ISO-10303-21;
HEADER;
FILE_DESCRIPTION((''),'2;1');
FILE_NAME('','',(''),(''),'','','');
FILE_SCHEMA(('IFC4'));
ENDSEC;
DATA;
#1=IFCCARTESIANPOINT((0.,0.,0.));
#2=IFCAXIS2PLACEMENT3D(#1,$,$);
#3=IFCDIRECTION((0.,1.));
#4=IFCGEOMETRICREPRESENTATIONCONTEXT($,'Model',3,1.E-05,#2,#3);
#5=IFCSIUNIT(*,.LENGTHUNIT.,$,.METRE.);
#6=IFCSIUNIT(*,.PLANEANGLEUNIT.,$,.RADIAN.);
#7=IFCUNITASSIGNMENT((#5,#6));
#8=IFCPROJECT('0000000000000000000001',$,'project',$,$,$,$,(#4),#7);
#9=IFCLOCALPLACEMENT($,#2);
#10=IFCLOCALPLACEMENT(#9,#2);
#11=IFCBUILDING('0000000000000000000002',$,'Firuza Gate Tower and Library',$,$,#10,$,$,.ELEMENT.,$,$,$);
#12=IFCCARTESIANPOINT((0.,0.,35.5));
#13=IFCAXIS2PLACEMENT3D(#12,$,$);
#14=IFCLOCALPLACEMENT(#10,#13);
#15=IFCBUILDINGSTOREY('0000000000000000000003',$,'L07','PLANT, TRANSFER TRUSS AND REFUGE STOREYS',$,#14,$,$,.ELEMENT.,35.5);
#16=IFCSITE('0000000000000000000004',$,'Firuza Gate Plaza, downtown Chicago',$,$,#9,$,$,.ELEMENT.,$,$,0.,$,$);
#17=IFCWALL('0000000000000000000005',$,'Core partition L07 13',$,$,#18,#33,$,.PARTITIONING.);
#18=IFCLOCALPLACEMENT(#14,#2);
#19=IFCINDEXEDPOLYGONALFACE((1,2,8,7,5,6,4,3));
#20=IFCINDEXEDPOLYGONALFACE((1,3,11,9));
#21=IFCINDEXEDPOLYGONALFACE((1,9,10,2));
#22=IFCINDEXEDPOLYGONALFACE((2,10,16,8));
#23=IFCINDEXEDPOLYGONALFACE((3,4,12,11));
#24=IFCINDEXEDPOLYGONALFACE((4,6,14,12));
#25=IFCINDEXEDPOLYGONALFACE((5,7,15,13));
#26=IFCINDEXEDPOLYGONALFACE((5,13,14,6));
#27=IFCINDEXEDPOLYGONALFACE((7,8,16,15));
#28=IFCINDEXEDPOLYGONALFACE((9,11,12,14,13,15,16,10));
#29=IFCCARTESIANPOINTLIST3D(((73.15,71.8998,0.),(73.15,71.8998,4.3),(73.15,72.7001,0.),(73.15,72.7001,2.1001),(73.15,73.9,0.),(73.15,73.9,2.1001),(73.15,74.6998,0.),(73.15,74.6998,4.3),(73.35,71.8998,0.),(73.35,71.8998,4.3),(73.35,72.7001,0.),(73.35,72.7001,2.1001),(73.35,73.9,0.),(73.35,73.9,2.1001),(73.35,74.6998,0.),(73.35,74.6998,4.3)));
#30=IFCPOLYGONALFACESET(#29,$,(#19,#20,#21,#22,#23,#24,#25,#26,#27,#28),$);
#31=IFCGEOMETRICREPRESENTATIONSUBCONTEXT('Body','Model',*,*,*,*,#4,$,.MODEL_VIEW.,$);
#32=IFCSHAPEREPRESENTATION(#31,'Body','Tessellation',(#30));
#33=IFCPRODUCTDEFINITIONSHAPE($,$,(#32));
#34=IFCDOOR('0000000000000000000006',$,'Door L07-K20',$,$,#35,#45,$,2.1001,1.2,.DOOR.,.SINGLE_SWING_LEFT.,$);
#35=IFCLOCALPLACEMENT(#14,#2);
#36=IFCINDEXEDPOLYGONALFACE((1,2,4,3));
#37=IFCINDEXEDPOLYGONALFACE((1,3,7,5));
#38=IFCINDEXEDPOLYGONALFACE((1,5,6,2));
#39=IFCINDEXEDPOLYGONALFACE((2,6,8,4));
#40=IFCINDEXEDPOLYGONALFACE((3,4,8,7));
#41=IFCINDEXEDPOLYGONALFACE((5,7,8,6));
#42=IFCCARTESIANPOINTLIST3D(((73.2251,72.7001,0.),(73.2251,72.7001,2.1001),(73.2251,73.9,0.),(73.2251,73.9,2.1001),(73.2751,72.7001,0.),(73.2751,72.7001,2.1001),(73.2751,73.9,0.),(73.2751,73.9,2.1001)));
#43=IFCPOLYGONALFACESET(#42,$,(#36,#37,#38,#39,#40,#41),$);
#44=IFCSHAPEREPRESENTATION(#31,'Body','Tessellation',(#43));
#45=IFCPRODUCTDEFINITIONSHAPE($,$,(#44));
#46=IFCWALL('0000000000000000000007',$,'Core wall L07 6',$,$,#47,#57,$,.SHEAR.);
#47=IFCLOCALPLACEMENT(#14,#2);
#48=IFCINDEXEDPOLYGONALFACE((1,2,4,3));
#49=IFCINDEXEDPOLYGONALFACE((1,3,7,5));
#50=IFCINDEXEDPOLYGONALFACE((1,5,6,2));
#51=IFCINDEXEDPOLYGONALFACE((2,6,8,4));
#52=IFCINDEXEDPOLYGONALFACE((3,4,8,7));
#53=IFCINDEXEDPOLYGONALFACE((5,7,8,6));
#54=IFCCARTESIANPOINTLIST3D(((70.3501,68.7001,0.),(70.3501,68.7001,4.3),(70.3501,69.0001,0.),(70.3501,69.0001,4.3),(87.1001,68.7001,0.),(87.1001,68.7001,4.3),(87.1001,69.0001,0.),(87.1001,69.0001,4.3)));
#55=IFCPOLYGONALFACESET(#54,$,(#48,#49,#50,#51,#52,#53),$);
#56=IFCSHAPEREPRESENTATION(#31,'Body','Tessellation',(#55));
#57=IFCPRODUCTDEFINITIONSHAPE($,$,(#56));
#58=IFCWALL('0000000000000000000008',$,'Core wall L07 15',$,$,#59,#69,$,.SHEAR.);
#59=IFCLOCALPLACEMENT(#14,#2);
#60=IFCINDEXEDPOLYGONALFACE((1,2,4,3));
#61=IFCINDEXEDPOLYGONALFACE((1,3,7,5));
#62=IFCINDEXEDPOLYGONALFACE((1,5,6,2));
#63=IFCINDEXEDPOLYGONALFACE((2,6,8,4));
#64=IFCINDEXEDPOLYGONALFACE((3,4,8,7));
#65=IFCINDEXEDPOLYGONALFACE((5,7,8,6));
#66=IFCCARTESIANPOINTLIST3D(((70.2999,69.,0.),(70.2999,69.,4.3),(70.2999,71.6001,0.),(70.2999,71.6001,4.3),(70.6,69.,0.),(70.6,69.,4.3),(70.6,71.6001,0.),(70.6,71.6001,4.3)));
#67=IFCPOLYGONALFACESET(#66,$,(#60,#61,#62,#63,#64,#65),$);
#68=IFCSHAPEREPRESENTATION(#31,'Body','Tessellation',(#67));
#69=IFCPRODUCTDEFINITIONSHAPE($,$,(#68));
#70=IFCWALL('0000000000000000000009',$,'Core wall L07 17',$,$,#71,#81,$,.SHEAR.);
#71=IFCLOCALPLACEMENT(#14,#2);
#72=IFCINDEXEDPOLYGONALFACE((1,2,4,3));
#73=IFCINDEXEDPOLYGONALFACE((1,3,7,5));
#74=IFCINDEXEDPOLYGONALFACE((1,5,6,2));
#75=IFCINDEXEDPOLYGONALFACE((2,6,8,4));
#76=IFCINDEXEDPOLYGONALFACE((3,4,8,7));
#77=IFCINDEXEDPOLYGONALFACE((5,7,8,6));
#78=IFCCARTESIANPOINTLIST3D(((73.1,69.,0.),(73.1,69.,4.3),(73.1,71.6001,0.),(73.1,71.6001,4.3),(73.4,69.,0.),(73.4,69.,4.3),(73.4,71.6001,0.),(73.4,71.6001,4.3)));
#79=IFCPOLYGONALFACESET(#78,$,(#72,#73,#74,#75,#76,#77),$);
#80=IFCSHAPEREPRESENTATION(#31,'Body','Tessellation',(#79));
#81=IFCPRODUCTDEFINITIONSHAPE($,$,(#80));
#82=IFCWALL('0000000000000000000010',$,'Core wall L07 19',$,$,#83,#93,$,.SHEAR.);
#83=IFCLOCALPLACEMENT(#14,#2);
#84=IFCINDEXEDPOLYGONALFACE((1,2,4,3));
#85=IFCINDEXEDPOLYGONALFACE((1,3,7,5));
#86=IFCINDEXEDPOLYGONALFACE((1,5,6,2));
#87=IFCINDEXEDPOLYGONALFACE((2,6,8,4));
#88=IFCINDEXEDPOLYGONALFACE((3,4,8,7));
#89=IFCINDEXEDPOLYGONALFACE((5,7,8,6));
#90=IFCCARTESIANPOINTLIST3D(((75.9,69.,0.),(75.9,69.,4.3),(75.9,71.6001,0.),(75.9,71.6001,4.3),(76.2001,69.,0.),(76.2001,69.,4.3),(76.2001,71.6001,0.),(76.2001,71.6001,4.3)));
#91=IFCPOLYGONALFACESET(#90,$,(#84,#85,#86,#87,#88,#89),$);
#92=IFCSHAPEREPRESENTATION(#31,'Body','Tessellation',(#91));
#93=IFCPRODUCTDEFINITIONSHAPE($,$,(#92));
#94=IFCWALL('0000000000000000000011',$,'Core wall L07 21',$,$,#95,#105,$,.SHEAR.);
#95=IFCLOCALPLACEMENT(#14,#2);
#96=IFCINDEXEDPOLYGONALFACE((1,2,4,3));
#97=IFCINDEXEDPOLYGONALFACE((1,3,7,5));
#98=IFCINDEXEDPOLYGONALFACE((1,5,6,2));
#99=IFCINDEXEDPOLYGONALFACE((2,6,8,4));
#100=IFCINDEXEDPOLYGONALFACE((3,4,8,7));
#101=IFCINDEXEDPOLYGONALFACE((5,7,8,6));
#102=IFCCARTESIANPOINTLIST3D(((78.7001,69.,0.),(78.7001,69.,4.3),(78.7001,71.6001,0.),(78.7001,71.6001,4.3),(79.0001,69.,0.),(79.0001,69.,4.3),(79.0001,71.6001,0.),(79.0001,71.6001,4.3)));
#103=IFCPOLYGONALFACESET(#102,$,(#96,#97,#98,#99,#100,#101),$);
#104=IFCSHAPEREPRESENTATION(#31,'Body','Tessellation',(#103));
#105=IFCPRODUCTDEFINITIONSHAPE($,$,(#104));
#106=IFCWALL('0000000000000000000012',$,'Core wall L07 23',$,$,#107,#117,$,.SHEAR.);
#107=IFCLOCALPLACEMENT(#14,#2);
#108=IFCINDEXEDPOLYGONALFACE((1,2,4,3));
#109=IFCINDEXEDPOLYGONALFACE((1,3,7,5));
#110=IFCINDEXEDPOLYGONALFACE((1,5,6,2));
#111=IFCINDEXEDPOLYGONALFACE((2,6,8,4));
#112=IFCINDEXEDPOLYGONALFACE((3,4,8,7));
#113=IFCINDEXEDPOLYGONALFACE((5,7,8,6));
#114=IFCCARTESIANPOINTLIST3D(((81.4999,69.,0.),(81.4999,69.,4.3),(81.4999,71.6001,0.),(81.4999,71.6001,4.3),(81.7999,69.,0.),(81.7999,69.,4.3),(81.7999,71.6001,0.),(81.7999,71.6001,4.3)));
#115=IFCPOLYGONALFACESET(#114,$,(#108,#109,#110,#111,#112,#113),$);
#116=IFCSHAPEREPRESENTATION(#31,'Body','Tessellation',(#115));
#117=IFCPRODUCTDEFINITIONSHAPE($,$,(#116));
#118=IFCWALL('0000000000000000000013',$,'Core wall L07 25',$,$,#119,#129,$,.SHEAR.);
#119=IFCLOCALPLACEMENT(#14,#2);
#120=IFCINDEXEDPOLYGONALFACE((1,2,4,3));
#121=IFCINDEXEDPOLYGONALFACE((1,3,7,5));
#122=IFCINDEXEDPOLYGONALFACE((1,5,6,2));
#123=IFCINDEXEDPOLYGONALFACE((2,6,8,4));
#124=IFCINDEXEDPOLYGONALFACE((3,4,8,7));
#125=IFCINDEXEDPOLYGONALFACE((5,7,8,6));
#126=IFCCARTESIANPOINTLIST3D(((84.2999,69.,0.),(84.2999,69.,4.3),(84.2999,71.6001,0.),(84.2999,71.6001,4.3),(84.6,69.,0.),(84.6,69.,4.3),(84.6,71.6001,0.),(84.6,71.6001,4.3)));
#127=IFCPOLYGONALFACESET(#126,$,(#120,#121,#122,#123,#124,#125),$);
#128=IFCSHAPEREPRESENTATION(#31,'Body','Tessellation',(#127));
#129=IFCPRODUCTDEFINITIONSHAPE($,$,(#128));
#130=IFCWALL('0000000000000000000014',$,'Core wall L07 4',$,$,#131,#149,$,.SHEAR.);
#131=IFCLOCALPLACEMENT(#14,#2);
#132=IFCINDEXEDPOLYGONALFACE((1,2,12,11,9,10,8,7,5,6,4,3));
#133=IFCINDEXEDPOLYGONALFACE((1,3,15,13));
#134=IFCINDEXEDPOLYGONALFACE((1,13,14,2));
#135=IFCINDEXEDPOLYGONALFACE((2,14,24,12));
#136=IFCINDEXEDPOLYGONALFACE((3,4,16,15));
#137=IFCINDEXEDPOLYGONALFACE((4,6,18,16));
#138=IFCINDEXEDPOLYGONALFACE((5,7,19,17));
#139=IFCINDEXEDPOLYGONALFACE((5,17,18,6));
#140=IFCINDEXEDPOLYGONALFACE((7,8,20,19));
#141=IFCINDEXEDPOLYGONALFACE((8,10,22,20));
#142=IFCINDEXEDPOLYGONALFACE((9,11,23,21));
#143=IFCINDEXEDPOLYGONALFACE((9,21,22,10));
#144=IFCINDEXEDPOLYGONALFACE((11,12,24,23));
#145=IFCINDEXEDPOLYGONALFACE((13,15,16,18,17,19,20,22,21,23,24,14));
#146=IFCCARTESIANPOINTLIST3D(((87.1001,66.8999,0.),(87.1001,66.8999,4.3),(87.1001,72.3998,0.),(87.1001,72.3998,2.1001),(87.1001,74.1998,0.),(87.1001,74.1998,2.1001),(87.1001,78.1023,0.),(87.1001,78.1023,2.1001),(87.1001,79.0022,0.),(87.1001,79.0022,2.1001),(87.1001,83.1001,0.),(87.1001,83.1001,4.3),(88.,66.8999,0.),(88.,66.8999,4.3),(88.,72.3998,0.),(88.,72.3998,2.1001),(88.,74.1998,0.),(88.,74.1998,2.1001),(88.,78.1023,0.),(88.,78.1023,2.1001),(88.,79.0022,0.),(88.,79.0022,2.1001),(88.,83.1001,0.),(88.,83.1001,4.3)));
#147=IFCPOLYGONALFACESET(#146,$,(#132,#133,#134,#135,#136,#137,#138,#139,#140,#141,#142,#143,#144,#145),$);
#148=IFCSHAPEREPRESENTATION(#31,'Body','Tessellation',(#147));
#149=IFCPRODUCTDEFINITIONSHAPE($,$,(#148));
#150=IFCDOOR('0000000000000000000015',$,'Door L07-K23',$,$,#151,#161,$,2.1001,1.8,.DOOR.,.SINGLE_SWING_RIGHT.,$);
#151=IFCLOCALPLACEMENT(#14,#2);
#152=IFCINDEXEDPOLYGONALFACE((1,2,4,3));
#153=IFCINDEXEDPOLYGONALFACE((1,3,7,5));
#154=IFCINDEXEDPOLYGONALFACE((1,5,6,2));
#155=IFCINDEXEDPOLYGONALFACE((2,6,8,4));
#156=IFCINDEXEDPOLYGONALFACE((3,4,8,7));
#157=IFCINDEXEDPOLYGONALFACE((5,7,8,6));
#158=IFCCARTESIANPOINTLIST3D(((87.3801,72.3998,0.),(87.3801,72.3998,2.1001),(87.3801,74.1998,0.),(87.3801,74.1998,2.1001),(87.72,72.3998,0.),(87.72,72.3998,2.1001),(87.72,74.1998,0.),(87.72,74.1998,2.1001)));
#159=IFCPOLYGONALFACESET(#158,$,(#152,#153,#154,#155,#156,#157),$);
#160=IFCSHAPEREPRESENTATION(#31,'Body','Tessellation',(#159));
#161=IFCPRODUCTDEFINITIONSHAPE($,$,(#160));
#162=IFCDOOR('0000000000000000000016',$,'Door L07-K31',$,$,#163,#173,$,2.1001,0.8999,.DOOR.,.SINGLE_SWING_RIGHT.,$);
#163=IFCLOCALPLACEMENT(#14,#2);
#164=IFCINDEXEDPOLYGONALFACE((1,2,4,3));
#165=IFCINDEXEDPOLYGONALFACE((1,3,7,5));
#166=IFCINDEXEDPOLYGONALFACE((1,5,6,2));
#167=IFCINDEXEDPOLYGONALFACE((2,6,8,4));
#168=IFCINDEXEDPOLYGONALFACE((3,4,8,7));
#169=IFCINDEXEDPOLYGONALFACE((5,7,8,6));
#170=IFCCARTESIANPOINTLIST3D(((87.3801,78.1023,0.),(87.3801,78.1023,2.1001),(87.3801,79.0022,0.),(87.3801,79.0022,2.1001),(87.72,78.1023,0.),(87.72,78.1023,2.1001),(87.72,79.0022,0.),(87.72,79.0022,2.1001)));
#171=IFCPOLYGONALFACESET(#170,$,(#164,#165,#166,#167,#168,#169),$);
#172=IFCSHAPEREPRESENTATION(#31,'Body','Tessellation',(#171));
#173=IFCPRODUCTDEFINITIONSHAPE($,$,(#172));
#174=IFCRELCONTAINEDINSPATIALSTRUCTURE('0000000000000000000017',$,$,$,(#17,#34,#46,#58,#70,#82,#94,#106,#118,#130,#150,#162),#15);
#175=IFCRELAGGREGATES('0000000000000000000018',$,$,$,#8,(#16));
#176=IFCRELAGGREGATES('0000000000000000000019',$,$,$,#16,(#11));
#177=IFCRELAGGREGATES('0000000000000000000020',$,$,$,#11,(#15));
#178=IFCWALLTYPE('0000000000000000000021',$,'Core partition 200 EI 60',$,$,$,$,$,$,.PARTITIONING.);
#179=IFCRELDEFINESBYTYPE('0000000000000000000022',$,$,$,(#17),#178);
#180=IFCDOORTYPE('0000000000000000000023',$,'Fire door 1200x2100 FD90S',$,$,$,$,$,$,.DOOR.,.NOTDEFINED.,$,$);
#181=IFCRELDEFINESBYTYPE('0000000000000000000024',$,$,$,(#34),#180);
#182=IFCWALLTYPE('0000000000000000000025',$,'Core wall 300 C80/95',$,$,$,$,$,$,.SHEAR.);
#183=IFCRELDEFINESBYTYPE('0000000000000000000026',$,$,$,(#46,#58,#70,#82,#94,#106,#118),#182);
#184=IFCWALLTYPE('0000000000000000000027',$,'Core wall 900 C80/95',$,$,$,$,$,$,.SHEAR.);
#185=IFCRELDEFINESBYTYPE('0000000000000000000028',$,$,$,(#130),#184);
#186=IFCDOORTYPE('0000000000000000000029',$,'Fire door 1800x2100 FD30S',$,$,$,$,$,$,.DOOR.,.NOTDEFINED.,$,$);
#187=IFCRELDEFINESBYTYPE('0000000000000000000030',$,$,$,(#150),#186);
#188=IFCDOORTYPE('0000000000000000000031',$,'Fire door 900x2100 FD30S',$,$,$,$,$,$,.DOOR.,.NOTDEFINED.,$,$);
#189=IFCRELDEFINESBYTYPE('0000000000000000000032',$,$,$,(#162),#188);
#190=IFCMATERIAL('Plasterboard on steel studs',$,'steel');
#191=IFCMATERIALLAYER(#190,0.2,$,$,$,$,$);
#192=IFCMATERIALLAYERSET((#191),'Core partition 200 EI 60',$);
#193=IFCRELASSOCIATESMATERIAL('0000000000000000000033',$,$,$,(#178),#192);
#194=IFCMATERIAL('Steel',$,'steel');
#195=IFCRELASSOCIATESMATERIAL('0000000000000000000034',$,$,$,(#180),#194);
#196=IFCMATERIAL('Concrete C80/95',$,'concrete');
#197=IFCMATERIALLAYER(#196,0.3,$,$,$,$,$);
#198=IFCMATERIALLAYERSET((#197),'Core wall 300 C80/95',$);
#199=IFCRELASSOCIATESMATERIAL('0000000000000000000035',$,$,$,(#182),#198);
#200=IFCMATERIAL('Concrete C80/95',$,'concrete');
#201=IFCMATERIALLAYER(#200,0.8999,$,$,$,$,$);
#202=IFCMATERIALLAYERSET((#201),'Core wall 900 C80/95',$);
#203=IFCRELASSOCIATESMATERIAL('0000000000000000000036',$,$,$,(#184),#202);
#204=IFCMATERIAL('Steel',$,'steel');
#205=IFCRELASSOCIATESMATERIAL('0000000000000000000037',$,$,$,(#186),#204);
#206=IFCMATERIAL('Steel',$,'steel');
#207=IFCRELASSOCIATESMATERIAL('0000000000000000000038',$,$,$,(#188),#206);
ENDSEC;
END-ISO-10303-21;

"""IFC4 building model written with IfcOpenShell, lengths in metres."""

from ifc_helpers import new_model, si_unit, direction, frame, frame_2d, origin, place, context, subcontext, project, spatial, rectangle, extrude, material, layer, layer_set, type_object, element, fill, save


model = new_model("IFC4")

# Units and contexts
model_context = context("Model", 3, precision=1e-05, world=origin(), true_north=direction((0.0, 1.0)))
body_context = subcontext(model_context, "Body", "Model", "MODEL_VIEW")
ifc_project = project(units=[si_unit("LENGTHUNIT", "METRE"), si_unit("PLANEANGLEUNIT", "RADIAN")], contexts=[model_context])

# Site, building, storey
site_placement = place(None, origin())
site = spatial("IfcSite", under=ifc_project, at=site_placement, Name="Firuza Gate Plaza, downtown Chicago", CompositionType="ELEMENT", RefElevation=0.0)
building_placement = place(site_placement, origin())
building = spatial("IfcBuilding", under=site, at=building_placement, Name="Firuza Gate Tower and Library", CompositionType="ELEMENT")
storey_placement = place(building_placement, frame((0.0, 0.0, 35.5)))
storey = spatial("IfcBuildingStorey", under=building, at=storey_placement, Name="L07", Description="PLANT, TRANSFER TRUSS AND REFUGE STOREYS", CompositionType="ELEMENT", Elevation=35.5)

# Wall, opening, door
ifc_material_1 = material(Name="Plasterboard on steel studs", Category="steel")
ifc_layer_1 = layer(ifc_material_1, 0.2)
ifc_layer_set_1 = layer_set([ifc_layer_1], Name="Core partition 200 EI 60")
wall_type_1 = type_object("IfcWallType", Name="Core partition 200 EI 60", PredefinedType="PARTITIONING", material=ifc_layer_set_1)
wall_1_placement = place(storey_placement, frame((73.25, 71.8999, 0.0), z_axis=(0.0, 0.0, 1.0), x_axis=(0.0, 1.0, 0.0)))
wall_1 = element("IfcWall", 1, at=wall_1_placement, inside=storey, type_object=wall_type_1, Name="Core partition L07 13", PredefinedType="PARTITIONING", context=body_context, shape_type="SweptSolid", body=[
    extrude(rectangle(XDim=2.8, YDim=0.2, at=frame_2d((1.3999, 0.0))), origin(), (0.0, 0.0, 1.0), 4.3),
])
opening_1_placement = place(wall_1_placement, frame((0.8, 0.0, 0.0)))
opening_1 = element("IfcOpeningElement", 2, at=opening_1_placement, cuts=wall_1, PredefinedType="OPENING", context=body_context, shape_type="SweptSolid", body=[
    extrude(rectangle(XDim=1.2, YDim=2.1001, at=frame_2d((0.6001, 1.05))), frame((0.0, 0.1099, 0.0), z_axis=(0.0, -1.0, 0.0), x_axis=(1.0, 0.0, 0.0)), (0.0, 0.0, 1.0), 0.22),
])
ifc_material_2 = material(Name="Steel", Category="steel")
door_type_1 = type_object("IfcDoorType", Name="Fire door 1200x2100 FD90S", OperationType="NOTDEFINED", PredefinedType="DOOR", material=ifc_material_2)
door_1_placement = place(opening_1_placement, origin())
door_1 = element("IfcDoor", 3, at=door_1_placement, inside=storey, type_object=door_type_1, Name="Door L07-K20", OperationType="SINGLE_SWING_LEFT", OverallHeight=2.1001, OverallWidth=1.2, PredefinedType="DOOR", context=body_context, shape_type="SweptSolid", body=[
    extrude(rectangle(XDim=1.2, YDim=2.1001, at=frame_2d((0.6001, 1.05))), frame((0.0, 0.0249, 0.0), z_axis=(0.0, -1.0, 0.0), x_axis=(1.0, 0.0, 0.0)), (0.0, 0.0, 1.0), 0.05),
])
fill(opening_1, door_1)

# Walls
ifc_material_3 = material(Name="Concrete C80/95", Category="concrete")
ifc_layer_2 = layer(ifc_material_3, 0.3)
ifc_layer_set_2 = layer_set([ifc_layer_2], Name="Core wall 300 C80/95")
wall_type_2 = type_object("IfcWallType", Name="Core wall 300 C80/95", PredefinedType="SHEAR", material=ifc_layer_set_2)
wall_2_placement = place(storey_placement, frame((70.3501, 68.8501, 0.0), z_axis=(0.0, 0.0, 1.0), x_axis=(1.0, 0.0, 0.0)))
element("IfcWall", 4, at=wall_2_placement, inside=storey, type_object=wall_type_2, Name="Core wall L07 6", PredefinedType="SHEAR", context=body_context, shape_type="SweptSolid", body=[
    extrude(rectangle(XDim=16.75, YDim=0.3, at=frame_2d((8.375, 0.0))), origin(), (0.0, 0.0, 1.0), 4.3),
])
for number, where, z_axis, x_axis, name in (
    (5, (70.45, 69.0, 0.0), (0.0, 0.0, 1.0), (0.0, 1.0, 0.0), "Core wall L07 15"),
    (6, (73.25, 69.0, 0.0), (0.0, 0.0, 1.0), (0.0, 1.0, 0.0), "Core wall L07 17"),
    (7, (76.05, 69.0, 0.0), (0.0, 0.0, 1.0), (0.0, 1.0, 0.0), "Core wall L07 19"),
    (8, (78.8501, 69.0, 0.0), (0.0, 0.0, 1.0), (0.0, 1.0, 0.0), "Core wall L07 21"),
    (9, (81.6499, 69.0, 0.0), (0.0, 0.0, 1.0), (0.0, 1.0, 0.0), "Core wall L07 23"),
    (10, (84.45, 69.0, 0.0), (0.0, 0.0, 1.0), (0.0, 1.0, 0.0), "Core wall L07 25"),
):
    element("IfcWall", number, at=place(storey_placement, frame(where, z_axis=z_axis, x_axis=x_axis)), inside=storey, type_object=wall_type_2, Name=name, PredefinedType="SHEAR", context=body_context, shape_type="SweptSolid", body=[
        extrude(rectangle(XDim=2.6001, YDim=0.3, at=frame_2d((1.3, 0.0))), origin(), (0.0, 0.0, 1.0), 4.3),
    ])

# Wall, openings, doors
ifc_material_4 = material(Name="Concrete C80/95", Category="concrete")
ifc_layer_3 = layer(ifc_material_4, 0.8999)
ifc_layer_set_3 = layer_set([ifc_layer_3], Name="Core wall 900 C80/95")
wall_type_3 = type_object("IfcWallType", Name="Core wall 900 C80/95", PredefinedType="SHEAR", material=ifc_layer_set_3)
wall_3_placement = place(storey_placement, frame((87.55, 66.8999, 0.0), z_axis=(0.0, 0.0, 1.0), x_axis=(0.0, 1.0, 0.0)))
wall_3 = element("IfcWall", 11, at=wall_3_placement, inside=storey, type_object=wall_type_3, Name="Core wall L07 4", PredefinedType="SHEAR", context=body_context, shape_type="SweptSolid", body=[
    extrude(rectangle(XDim=16.2002, YDim=0.8999, at=frame_2d((8.1001, 0.0))), origin(), (0.0, 0.0, 1.0), 4.3),
])
opening_2_placement = place(wall_3_placement, frame((5.5, 0.0, 0.0)))
opening_2 = element("IfcOpeningElement", 12, at=opening_2_placement, cuts=wall_3, PredefinedType="OPENING", context=body_context, shape_type="SweptSolid", body=[
    extrude(rectangle(XDim=1.8, YDim=2.1001, at=frame_2d((0.8999, 1.05))), frame((0.0, 0.46, 0.0), z_axis=(0.0, -1.0, 0.0), x_axis=(1.0, 0.0, 0.0)), (0.0, 0.0, 1.0), 0.9199),
])
opening_3_placement = place(wall_3_placement, frame((11.2024, 0.0, 0.0)))
opening_3 = element("IfcOpeningElement", 13, at=opening_3_placement, cuts=wall_3, PredefinedType="OPENING", context=body_context, shape_type="SweptSolid", body=[
    extrude(rectangle(XDim=0.8999, YDim=2.1001, at=frame_2d((0.45, 1.05))), frame((0.0, 0.46, 0.0), z_axis=(0.0, -1.0, 0.0), x_axis=(1.0, 0.0, 0.0)), (0.0, 0.0, 1.0), 0.9199),
])
ifc_material_5 = material(Name="Steel", Category="steel")
door_type_2 = type_object("IfcDoorType", Name="Fire door 1800x2100 FD30S", OperationType="NOTDEFINED", PredefinedType="DOOR", material=ifc_material_5)
door_2_placement = place(opening_2_placement, origin())
door_2 = element("IfcDoor", 14, at=door_2_placement, inside=storey, type_object=door_type_2, Name="Door L07-K23", OperationType="SINGLE_SWING_RIGHT", OverallHeight=2.1001, OverallWidth=1.8, PredefinedType="DOOR", context=body_context, shape_type="SweptSolid", body=[
    extrude(rectangle(XDim=1.8, YDim=2.1001, at=frame_2d((0.8999, 1.05))), frame((0.0, 0.1699, 0.0), z_axis=(0.0, -1.0, 0.0), x_axis=(1.0, 0.0, 0.0)), (0.0, 0.0, 1.0), 0.3398),
])
fill(opening_2, door_2)
ifc_material_6 = material(Name="Steel", Category="steel")
door_type_3 = type_object("IfcDoorType", Name="Fire door 900x2100 FD30S", OperationType="NOTDEFINED", PredefinedType="DOOR", material=ifc_material_6)
door_3_placement = place(opening_3_placement, origin())
door_3 = element("IfcDoor", 15, at=door_3_placement, inside=storey, type_object=door_type_3, Name="Door L07-K31", OperationType="SINGLE_SWING_RIGHT", OverallHeight=2.1001, OverallWidth=0.8999, PredefinedType="DOOR", context=body_context, shape_type="SweptSolid", body=[
    extrude(rectangle(XDim=0.8999, YDim=2.1001, at=frame_2d((0.45, 1.05))), frame((0.0, 0.1699, 0.0), z_axis=(0.0, -1.0, 0.0), x_axis=(1.0, 0.0, 0.0)), (0.0, 0.0, 1.0), 0.3398),
])
fill(opening_3, door_3)

save(model, "model.ifc")
